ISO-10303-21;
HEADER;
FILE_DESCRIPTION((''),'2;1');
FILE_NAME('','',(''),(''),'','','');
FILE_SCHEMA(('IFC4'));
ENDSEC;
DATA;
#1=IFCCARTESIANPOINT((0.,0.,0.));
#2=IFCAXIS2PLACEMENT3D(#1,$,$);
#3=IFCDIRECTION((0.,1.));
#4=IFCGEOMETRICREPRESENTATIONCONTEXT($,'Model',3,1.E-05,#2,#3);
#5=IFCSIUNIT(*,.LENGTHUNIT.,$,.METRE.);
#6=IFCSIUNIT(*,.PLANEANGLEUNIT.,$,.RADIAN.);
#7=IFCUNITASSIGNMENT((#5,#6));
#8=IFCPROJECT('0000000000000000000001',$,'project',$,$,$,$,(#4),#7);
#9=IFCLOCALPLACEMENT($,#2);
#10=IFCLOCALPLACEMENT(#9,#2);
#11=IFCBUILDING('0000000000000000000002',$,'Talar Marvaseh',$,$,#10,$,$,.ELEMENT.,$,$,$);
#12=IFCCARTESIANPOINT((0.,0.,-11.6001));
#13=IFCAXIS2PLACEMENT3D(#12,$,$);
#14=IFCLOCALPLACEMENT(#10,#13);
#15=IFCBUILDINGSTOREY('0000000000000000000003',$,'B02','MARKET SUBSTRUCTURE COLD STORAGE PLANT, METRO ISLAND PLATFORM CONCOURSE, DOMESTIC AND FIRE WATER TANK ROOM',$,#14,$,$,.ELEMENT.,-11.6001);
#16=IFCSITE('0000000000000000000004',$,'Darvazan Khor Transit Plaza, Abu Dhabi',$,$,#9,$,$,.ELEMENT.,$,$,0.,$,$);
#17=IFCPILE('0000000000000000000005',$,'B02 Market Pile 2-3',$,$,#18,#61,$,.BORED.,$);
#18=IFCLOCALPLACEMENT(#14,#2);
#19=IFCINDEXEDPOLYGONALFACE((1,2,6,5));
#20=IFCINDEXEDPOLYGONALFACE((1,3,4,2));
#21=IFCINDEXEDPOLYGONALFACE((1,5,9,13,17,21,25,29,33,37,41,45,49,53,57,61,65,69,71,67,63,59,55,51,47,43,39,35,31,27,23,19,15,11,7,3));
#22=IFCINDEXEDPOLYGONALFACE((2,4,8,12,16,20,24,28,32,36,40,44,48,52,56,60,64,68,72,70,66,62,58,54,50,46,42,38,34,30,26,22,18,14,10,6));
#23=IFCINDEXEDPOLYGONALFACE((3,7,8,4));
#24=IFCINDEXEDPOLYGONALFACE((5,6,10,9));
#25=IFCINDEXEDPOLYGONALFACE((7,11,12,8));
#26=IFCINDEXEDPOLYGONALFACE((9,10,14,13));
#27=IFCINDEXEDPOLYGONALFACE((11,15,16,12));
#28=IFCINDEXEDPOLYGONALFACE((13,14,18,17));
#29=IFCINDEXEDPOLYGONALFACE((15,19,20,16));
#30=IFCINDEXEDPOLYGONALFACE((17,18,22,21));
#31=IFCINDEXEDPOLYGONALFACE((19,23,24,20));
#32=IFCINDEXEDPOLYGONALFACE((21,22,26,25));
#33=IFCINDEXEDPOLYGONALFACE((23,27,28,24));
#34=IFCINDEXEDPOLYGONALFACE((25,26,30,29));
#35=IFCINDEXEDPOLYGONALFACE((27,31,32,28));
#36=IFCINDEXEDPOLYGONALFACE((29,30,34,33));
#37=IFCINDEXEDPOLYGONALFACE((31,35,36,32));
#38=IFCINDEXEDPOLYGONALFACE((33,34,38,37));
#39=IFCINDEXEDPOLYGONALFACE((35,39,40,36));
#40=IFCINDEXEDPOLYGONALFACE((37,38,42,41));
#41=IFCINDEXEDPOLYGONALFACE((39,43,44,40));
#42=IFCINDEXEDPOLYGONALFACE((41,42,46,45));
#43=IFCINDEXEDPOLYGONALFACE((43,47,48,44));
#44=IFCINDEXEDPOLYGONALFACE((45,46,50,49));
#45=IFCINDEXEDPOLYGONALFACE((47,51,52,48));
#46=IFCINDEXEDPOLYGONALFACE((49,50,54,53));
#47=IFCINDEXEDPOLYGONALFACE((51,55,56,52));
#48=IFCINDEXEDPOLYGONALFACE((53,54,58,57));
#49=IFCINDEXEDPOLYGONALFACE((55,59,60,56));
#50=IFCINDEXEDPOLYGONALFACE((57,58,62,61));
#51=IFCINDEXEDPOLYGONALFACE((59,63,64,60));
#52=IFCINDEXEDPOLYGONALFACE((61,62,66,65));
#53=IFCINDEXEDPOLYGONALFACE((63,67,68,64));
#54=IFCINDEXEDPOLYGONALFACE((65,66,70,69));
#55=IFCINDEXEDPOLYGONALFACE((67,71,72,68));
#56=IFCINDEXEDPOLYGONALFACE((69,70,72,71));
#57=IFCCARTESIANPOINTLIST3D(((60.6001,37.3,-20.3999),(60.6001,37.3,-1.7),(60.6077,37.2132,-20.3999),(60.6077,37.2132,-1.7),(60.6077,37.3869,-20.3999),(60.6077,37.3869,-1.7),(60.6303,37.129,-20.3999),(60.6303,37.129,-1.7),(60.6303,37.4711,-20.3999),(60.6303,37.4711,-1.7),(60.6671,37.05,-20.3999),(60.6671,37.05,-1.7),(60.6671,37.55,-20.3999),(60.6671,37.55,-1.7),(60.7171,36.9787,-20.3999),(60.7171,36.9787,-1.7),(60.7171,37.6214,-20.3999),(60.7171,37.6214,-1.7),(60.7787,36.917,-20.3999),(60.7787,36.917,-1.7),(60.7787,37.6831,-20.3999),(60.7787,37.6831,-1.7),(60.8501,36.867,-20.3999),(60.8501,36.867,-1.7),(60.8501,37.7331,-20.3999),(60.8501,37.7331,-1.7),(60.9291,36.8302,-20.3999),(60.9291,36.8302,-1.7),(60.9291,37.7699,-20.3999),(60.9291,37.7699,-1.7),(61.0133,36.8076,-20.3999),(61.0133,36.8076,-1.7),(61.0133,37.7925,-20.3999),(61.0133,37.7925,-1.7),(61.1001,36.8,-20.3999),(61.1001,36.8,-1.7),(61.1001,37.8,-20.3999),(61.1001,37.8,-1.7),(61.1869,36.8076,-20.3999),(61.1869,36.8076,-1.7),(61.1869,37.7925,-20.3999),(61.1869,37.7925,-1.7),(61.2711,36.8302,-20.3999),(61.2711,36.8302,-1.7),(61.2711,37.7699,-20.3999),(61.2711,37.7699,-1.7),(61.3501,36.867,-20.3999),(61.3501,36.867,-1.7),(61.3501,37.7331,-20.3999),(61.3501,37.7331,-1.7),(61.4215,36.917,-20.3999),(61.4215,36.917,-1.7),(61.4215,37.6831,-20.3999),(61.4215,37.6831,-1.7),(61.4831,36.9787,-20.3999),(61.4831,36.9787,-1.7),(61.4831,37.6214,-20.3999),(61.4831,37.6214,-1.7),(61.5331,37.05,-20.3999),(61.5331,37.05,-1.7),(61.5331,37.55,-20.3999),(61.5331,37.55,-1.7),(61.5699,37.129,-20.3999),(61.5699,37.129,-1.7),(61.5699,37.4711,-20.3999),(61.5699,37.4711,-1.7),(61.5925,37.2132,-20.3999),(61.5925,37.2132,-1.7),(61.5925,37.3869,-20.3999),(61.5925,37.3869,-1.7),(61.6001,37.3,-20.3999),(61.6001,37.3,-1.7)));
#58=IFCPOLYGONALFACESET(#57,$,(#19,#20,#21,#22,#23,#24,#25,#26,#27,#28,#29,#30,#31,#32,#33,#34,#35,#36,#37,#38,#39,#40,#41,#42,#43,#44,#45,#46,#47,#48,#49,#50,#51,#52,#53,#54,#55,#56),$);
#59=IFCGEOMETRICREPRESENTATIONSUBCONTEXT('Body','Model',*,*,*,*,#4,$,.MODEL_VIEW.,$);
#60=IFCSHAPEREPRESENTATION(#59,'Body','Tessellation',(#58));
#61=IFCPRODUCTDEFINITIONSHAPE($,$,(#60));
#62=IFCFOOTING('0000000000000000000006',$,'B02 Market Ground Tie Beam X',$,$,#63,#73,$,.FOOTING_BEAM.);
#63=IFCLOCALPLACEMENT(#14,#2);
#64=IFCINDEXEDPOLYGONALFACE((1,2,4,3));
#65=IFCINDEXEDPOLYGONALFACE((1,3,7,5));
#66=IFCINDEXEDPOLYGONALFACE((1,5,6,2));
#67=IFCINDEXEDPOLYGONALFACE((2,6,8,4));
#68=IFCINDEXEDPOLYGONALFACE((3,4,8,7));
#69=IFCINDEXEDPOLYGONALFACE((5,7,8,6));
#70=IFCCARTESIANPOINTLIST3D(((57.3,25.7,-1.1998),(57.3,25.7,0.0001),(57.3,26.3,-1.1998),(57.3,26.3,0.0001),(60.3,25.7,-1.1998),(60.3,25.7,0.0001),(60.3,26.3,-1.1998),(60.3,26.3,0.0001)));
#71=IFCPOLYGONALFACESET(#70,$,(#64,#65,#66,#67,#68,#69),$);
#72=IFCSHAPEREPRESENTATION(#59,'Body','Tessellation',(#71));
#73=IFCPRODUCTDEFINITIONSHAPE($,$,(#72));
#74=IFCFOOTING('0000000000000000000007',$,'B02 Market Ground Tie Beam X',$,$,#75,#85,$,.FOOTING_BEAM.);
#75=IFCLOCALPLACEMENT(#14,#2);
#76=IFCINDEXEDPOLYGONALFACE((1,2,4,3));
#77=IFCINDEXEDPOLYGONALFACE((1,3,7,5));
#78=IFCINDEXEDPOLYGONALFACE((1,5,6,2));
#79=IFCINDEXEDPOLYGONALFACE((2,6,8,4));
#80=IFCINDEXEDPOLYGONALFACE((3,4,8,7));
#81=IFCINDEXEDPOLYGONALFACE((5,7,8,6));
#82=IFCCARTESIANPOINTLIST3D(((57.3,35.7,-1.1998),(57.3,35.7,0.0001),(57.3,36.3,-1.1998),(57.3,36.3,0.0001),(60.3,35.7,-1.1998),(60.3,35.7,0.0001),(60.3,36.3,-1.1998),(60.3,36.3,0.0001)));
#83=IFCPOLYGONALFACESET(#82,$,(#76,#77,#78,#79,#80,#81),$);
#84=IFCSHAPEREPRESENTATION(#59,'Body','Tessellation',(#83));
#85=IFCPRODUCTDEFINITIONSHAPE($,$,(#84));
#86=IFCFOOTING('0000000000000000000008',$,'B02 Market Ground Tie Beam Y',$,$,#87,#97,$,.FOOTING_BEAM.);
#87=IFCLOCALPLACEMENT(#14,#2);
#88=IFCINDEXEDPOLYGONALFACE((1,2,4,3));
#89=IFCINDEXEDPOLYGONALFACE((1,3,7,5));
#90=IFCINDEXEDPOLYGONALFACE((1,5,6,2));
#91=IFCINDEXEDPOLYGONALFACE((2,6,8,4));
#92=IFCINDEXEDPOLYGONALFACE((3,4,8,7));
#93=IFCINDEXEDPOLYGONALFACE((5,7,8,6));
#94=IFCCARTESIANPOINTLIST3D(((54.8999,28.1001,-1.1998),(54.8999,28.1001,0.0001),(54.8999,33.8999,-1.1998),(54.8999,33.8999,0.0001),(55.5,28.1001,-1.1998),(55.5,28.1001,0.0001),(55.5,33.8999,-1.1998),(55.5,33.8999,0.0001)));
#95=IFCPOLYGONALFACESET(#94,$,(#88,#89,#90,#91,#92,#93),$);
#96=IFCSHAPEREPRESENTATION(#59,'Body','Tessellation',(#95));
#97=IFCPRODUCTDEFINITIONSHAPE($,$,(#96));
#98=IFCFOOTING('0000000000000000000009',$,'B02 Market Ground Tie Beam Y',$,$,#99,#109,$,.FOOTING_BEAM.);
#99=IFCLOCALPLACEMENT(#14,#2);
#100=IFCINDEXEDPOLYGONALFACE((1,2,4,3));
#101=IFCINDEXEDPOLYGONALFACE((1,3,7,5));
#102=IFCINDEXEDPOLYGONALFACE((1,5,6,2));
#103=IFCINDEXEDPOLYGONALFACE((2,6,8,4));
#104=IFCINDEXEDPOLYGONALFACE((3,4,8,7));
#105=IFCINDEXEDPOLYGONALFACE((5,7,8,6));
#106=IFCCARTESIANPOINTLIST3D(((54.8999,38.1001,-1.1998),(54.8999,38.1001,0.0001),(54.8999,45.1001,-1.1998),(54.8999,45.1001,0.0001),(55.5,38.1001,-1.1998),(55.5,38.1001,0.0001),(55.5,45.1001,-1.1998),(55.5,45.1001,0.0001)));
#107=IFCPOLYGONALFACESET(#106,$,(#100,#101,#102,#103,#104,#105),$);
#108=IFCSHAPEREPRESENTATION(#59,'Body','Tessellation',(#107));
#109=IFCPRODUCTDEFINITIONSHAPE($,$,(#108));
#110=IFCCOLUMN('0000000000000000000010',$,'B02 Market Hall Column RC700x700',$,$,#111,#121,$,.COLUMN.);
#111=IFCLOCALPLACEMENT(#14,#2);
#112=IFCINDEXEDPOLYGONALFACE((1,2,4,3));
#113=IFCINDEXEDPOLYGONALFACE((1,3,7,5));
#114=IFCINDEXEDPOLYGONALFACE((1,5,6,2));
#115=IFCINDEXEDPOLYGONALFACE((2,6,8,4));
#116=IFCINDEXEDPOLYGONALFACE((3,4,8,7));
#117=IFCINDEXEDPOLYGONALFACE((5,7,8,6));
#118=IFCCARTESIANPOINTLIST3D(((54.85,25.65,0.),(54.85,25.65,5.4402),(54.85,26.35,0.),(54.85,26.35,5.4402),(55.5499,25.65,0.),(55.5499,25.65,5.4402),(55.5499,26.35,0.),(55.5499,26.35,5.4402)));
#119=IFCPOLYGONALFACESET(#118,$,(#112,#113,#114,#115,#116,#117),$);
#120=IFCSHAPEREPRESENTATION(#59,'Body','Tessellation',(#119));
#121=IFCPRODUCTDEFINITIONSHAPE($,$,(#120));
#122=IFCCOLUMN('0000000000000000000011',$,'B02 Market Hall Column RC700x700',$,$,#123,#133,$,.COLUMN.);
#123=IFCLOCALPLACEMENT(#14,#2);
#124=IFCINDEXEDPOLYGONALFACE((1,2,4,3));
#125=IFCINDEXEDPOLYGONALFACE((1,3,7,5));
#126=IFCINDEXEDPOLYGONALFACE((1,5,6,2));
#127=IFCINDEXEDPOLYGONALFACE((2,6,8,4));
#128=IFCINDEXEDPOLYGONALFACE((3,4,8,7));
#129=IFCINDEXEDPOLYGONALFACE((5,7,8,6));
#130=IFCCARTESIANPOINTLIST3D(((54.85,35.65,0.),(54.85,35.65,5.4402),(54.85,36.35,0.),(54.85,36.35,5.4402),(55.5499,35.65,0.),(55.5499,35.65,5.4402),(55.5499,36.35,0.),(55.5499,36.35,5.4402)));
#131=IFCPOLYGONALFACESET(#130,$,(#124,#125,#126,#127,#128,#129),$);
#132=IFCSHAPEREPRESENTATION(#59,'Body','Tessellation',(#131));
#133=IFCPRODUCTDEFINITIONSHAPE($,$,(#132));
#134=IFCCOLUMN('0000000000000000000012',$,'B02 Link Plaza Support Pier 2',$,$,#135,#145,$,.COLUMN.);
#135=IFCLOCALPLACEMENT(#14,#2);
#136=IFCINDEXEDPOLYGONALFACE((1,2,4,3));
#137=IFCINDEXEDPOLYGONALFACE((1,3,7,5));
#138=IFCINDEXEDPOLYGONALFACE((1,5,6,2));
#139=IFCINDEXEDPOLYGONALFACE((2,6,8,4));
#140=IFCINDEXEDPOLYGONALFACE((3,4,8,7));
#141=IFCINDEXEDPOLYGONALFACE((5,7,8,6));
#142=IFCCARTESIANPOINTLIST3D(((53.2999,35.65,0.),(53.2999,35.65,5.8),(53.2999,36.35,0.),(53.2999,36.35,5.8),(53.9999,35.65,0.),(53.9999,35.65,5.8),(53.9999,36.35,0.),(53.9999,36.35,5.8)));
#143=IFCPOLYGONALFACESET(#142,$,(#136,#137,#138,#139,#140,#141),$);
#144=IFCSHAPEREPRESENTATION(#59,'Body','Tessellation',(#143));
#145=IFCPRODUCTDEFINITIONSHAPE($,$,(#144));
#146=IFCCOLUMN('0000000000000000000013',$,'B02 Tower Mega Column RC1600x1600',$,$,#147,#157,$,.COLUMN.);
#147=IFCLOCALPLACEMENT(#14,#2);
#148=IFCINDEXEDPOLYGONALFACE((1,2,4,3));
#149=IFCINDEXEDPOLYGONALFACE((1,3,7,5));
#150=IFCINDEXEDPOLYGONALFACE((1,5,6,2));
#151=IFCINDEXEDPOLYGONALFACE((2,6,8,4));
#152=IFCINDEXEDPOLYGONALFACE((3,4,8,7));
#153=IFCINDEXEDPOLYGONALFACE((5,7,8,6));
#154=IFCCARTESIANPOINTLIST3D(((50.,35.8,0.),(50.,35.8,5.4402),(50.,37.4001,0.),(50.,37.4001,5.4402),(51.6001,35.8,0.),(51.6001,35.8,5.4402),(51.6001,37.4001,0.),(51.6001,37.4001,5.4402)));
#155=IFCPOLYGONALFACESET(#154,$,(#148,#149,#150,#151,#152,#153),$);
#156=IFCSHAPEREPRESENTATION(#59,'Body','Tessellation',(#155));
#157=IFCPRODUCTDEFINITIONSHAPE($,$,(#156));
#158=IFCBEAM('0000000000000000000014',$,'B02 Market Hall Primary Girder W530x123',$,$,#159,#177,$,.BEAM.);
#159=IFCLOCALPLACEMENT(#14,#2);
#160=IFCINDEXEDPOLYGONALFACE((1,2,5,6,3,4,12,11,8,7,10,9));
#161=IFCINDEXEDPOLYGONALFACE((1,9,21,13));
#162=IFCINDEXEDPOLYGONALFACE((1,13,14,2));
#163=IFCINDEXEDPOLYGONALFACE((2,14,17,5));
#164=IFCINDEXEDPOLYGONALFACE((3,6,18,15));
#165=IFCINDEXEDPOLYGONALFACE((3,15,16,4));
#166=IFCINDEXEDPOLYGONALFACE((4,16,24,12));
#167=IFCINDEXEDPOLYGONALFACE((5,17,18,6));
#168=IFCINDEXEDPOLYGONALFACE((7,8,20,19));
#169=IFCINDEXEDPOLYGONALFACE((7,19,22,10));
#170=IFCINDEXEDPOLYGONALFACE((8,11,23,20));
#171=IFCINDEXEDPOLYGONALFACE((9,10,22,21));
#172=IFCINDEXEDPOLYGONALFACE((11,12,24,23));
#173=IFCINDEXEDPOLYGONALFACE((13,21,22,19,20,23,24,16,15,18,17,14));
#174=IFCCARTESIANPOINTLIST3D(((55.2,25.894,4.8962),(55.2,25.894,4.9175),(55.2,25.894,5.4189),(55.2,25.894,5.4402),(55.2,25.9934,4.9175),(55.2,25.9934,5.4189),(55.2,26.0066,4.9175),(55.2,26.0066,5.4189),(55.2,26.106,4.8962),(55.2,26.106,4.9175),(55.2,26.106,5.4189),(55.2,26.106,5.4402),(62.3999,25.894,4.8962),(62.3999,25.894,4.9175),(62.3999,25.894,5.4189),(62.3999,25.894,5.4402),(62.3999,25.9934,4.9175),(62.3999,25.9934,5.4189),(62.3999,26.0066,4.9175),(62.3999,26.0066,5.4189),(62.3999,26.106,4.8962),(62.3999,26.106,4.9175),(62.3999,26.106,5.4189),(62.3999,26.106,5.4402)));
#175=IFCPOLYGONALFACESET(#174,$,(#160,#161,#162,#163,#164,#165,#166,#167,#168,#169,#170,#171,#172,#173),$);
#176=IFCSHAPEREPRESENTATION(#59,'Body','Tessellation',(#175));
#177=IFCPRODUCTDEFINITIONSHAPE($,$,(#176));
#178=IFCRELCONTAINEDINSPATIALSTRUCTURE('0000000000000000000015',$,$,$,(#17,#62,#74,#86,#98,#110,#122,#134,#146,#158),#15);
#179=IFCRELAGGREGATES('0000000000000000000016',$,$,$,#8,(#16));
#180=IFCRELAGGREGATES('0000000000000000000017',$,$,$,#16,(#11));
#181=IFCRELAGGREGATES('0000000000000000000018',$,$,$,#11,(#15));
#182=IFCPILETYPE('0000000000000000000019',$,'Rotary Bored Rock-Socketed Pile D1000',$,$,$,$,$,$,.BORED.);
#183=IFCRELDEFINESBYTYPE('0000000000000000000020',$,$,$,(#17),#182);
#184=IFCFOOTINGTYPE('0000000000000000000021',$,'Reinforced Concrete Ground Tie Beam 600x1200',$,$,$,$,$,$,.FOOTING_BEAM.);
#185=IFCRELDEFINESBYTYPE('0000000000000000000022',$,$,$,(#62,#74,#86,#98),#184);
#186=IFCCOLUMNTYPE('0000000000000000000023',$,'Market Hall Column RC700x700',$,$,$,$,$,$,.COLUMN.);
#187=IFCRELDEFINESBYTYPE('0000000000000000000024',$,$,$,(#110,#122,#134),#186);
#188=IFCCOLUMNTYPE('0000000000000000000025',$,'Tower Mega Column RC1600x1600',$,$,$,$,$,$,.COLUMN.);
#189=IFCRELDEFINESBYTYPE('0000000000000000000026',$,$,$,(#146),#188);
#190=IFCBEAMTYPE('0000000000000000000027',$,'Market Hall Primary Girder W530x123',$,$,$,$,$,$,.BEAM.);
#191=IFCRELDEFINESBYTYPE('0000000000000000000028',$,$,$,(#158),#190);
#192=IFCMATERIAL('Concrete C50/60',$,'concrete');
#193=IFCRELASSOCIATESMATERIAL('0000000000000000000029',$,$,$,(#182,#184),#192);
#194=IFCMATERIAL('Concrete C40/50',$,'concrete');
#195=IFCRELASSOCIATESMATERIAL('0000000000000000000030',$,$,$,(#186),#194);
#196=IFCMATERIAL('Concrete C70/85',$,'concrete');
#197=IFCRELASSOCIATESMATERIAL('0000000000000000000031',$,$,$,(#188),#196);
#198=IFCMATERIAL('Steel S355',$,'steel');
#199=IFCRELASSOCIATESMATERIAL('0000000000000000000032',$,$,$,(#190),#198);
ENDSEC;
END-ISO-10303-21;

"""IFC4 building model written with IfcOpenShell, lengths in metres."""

from ifc_helpers import new_model, si_unit, direction, frame, origin, origin_2d, place, context, subcontext, project, spatial, rectangle, circle, i_section, extrude, source, transform, mapped, material, material_profile, profile_set, type_object, type_shapes, element, save


model = new_model("IFC4")

# Units and contexts
model_context = context("Model", 3, precision=1e-05, world=origin(), true_north=direction((0.0, 1.0)))
body_context = subcontext(model_context, "Body", "Model", "MODEL_VIEW")
ifc_project = project(units=[si_unit("LENGTHUNIT", "METRE"), si_unit("PLANEANGLEUNIT", "RADIAN")], contexts=[model_context])

# Site, building, storey
site_placement = place(None, origin())
site = spatial("IfcSite", under=ifc_project, at=site_placement, Name="Darvazan Khor Transit Plaza, Abu Dhabi", CompositionType="ELEMENT", RefElevation=0.0)
building_placement = place(site_placement, origin())
building = spatial("IfcBuilding", under=site, at=building_placement, Name="Talar Marvaseh", CompositionType="ELEMENT")
storey_placement = place(building_placement, frame((0.0, 0.0, -11.6001)))
storey = spatial("IfcBuildingStorey", under=building, at=storey_placement, Name="B02", Description="MARKET SUBSTRUCTURE COLD STORAGE PLANT, METRO ISLAND PLATFORM CONCOURSE, DOMESTIC AND FIRE WATER TANK ROOM", CompositionType="ELEMENT", Elevation=-11.6001)

# Shared definitions
ifc_material_1 = material(Name="Concrete C50/60", Category="concrete")

# Pile
ifc_material_profile_1 = material_profile(ifc_material_1, circle(Radius=0.5, at=origin_2d()), Name="PILE-D1000")
ifc_profile_set_1 = profile_set([ifc_material_profile_1], Name="Concrete C50/60")
pile_type_1 = type_object("IfcPileType", Name="Rotary Bored Rock-Socketed Pile D1000", PredefinedType="BORED", material=ifc_profile_set_1)
shared_shape_1 = source(origin(), body_context, "Body", "SweptSolid", [
    extrude(circle(Radius=0.5, at=origin_2d()), origin(), (0.0, 0.0, 1.0), 18.7),
])
type_shapes(pile_type_1, [shared_shape_1])
for number, where, z_axis, x_axis, name in (
    (1, (61.1001, 37.3, -1.7), (0.0, 0.0, -1.0), (1.0, 0.0, 0.0), "B02 Market Pile 2-3"),
):
    element("IfcPile", number, at=place(storey_placement, frame(where, z_axis=z_axis, x_axis=x_axis)), inside=storey, type_object=pile_type_1, Name=name, PredefinedType="BORED", context=body_context, shape_type="MappedRepresentation", body=[
        mapped(shared_shape_1, transform((0.0, 0.0, 0.0), x_axis=(1.0, 0.0, 0.0), y_axis=(0.0, 1.0, 0.0), z_axis=(0.0, 0.0, 1.0), scale=1.0)),
    ])

# Footings
ifc_material_profile_2 = material_profile(ifc_material_1, rectangle(XDim=0.6001, YDim=1.2, at=origin_2d()), Name="RC600x1200")
ifc_profile_set_2 = profile_set([ifc_material_profile_2], Name="Concrete C50/60")
footing_type_1 = type_object("IfcFootingType", Name="Reinforced Concrete Ground Tie Beam 600x1200", PredefinedType="FOOTING_BEAM", material=ifc_profile_set_2)
shared_shape_2 = source(origin(), body_context, "Body", "SweptSolid", [
    extrude(rectangle(XDim=0.6001, YDim=1.2, at=origin_2d()), origin(), (0.0, 0.0, 1.0), 3.0),
])
for number, where, z_axis, x_axis, name in (
    (2, (57.3, 26.0, -0.5999), (1.0, 0.0, 0.0), (0.0, 1.0, 0.0), "B02 Market Ground Tie Beam X"),
    (3, (57.3, 36.0, -0.5999), (1.0, 0.0, 0.0), (0.0, 1.0, 0.0), "B02 Market Ground Tie Beam X"),
):
    element("IfcFooting", number, at=place(storey_placement, frame(where, z_axis=z_axis, x_axis=x_axis)), inside=storey, type_object=footing_type_1, Name=name, PredefinedType="FOOTING_BEAM", context=body_context, shape_type="MappedRepresentation", body=[
        mapped(shared_shape_2, transform((0.0, 0.0, 0.0), x_axis=(1.0, 0.0, 0.0), y_axis=(0.0, 1.0, 0.0), z_axis=(0.0, 0.0, 1.0), scale=1.0)),
    ])
shared_shape_3 = source(origin(), body_context, "Body", "SweptSolid", [
    extrude(rectangle(XDim=0.6001, YDim=1.2, at=origin_2d()), origin(), (0.0, 0.0, 1.0), 5.7998),
])
footing_1_placement = place(storey_placement, frame((55.2, 28.1001, -0.5999), z_axis=(0.0, 1.0, 0.0), x_axis=(-1.0, 0.0, 0.0)))
element("IfcFooting", 4, at=footing_1_placement, inside=storey, type_object=footing_type_1, Name="B02 Market Ground Tie Beam Y", PredefinedType="FOOTING_BEAM", context=body_context, shape_type="MappedRepresentation", body=[
    mapped(shared_shape_3, transform((0.0, 0.0, 0.0), x_axis=(1.0, 0.0, 0.0), y_axis=(0.0, 1.0, 0.0), z_axis=(0.0, 0.0, 1.0), scale=1.0)),
])
shared_shape_4 = source(origin(), body_context, "Body", "SweptSolid", [
    extrude(rectangle(XDim=0.6001, YDim=1.2, at=origin_2d()), origin(), (0.0, 0.0, 1.0), 7.0),
])
type_shapes(footing_type_1, [shared_shape_2, shared_shape_3, shared_shape_4])
footing_2_placement = place(storey_placement, frame((55.2, 38.1001, -0.5999), z_axis=(0.0, 1.0, 0.0), x_axis=(-1.0, 0.0, 0.0)))
element("IfcFooting", 5, at=footing_2_placement, inside=storey, type_object=footing_type_1, Name="B02 Market Ground Tie Beam Y", PredefinedType="FOOTING_BEAM", context=body_context, shape_type="MappedRepresentation", body=[
    mapped(shared_shape_4, transform((0.0, 0.0, 0.0), x_axis=(1.0, 0.0, 0.0), y_axis=(0.0, 1.0, 0.0), z_axis=(0.0, 0.0, 1.0), scale=1.0)),
])

# Columns
ifc_material_2 = material(Name="Concrete C40/50", Category="concrete")
ifc_material_profile_3 = material_profile(ifc_material_2, rectangle(XDim=0.7, YDim=0.7, at=origin_2d()), Name="RC700x700")
ifc_profile_set_3 = profile_set([ifc_material_profile_3], Name="Concrete C40/50")
column_type_1 = type_object("IfcColumnType", Name="Market Hall Column RC700x700", PredefinedType="COLUMN", material=ifc_profile_set_3)
for number, where, z_axis, x_axis, name in (
    (6, (55.2, 26.0, 0.0), (0.0, 0.0, 1.0), (1.0, 0.0, 0.0), "B02 Market Hall Column RC700x700"),
    (7, (55.2, 36.0, 0.0), (0.0, 0.0, 1.0), (1.0, 0.0, 0.0), "B02 Market Hall Column RC700x700"),
):
    element("IfcColumn", number, at=place(storey_placement, frame(where, z_axis=z_axis, x_axis=x_axis)), inside=storey, type_object=column_type_1, Name=name, PredefinedType="COLUMN", context=body_context, shape_type="SweptSolid", body=[
        extrude(rectangle(XDim=0.7, YDim=0.7, at=origin_2d()), origin(), (0.0, 0.0, 1.0), 5.4402),
    ])
column_1_placement = place(storey_placement, frame((53.6499, 36.0, 0.0), z_axis=(0.0, 0.0, 1.0), x_axis=(1.0, 0.0, 0.0)))
element("IfcColumn", 8, at=column_1_placement, inside=storey, type_object=column_type_1, Name="B02 Link Plaza Support Pier 2", PredefinedType="COLUMN", context=body_context, shape_type="SweptSolid", body=[
    extrude(rectangle(XDim=0.7, YDim=0.7, at=origin_2d()), origin(), (0.0, 0.0, 1.0), 5.8),
])
ifc_material_3 = material(Name="Concrete C70/85", Category="concrete")
ifc_material_profile_4 = material_profile(ifc_material_3, rectangle(XDim=1.6001, YDim=1.6001, at=origin_2d()), Name="RC1600x1600")
ifc_profile_set_4 = profile_set([ifc_material_profile_4], Name="Concrete C70/85")
column_type_2 = type_object("IfcColumnType", Name="Tower Mega Column RC1600x1600", PredefinedType="COLUMN", material=ifc_profile_set_4)
column_2_placement = place(storey_placement, frame((50.8, 36.6001, 0.0), z_axis=(0.0, 0.0, 1.0), x_axis=(1.0, 0.0, 0.0)))
element("IfcColumn", 9, at=column_2_placement, inside=storey, type_object=column_type_2, Name="B02 Tower Mega Column RC1600x1600", PredefinedType="COLUMN", context=body_context, shape_type="SweptSolid", body=[
    extrude(rectangle(XDim=1.6001, YDim=1.6001, at=origin_2d()), origin(), (0.0, 0.0, 1.0), 5.4402),
])

# Beam
ifc_material_4 = material(Name="Steel S355", Category="steel")
ifc_material_profile_5 = material_profile(ifc_material_4, i_section(OverallWidth=0.2119, OverallDepth=0.5439, WebThickness=0.0132, FlangeThickness=0.0212, at=origin_2d()), Name="W530x123")
ifc_profile_set_5 = profile_set([ifc_material_profile_5], Name="Steel S355")
beam_type_1 = type_object("IfcBeamType", Name="Market Hall Primary Girder W530x123", PredefinedType="BEAM", material=ifc_profile_set_5)
for number, where, z_axis, x_axis, name in (
    (10, (55.2, 26.0, 5.1682), (1.0, 0.0, 0.0), (0.0, 1.0, 0.0), "B02 Market Hall Primary Girder W530x123"),
):
    element("IfcBeam", number, at=place(storey_placement, frame(where, z_axis=z_axis, x_axis=x_axis)), inside=storey, type_object=beam_type_1, Name=name, PredefinedType="BEAM", context=body_context, shape_type="SweptSolid", body=[
        extrude(i_section(OverallWidth=0.2119, OverallDepth=0.5439, WebThickness=0.0132, FlangeThickness=0.0212, at=origin_2d()), origin(), (0.0, 0.0, 1.0), 7.2),
    ])

save(model, "model.ifc")
